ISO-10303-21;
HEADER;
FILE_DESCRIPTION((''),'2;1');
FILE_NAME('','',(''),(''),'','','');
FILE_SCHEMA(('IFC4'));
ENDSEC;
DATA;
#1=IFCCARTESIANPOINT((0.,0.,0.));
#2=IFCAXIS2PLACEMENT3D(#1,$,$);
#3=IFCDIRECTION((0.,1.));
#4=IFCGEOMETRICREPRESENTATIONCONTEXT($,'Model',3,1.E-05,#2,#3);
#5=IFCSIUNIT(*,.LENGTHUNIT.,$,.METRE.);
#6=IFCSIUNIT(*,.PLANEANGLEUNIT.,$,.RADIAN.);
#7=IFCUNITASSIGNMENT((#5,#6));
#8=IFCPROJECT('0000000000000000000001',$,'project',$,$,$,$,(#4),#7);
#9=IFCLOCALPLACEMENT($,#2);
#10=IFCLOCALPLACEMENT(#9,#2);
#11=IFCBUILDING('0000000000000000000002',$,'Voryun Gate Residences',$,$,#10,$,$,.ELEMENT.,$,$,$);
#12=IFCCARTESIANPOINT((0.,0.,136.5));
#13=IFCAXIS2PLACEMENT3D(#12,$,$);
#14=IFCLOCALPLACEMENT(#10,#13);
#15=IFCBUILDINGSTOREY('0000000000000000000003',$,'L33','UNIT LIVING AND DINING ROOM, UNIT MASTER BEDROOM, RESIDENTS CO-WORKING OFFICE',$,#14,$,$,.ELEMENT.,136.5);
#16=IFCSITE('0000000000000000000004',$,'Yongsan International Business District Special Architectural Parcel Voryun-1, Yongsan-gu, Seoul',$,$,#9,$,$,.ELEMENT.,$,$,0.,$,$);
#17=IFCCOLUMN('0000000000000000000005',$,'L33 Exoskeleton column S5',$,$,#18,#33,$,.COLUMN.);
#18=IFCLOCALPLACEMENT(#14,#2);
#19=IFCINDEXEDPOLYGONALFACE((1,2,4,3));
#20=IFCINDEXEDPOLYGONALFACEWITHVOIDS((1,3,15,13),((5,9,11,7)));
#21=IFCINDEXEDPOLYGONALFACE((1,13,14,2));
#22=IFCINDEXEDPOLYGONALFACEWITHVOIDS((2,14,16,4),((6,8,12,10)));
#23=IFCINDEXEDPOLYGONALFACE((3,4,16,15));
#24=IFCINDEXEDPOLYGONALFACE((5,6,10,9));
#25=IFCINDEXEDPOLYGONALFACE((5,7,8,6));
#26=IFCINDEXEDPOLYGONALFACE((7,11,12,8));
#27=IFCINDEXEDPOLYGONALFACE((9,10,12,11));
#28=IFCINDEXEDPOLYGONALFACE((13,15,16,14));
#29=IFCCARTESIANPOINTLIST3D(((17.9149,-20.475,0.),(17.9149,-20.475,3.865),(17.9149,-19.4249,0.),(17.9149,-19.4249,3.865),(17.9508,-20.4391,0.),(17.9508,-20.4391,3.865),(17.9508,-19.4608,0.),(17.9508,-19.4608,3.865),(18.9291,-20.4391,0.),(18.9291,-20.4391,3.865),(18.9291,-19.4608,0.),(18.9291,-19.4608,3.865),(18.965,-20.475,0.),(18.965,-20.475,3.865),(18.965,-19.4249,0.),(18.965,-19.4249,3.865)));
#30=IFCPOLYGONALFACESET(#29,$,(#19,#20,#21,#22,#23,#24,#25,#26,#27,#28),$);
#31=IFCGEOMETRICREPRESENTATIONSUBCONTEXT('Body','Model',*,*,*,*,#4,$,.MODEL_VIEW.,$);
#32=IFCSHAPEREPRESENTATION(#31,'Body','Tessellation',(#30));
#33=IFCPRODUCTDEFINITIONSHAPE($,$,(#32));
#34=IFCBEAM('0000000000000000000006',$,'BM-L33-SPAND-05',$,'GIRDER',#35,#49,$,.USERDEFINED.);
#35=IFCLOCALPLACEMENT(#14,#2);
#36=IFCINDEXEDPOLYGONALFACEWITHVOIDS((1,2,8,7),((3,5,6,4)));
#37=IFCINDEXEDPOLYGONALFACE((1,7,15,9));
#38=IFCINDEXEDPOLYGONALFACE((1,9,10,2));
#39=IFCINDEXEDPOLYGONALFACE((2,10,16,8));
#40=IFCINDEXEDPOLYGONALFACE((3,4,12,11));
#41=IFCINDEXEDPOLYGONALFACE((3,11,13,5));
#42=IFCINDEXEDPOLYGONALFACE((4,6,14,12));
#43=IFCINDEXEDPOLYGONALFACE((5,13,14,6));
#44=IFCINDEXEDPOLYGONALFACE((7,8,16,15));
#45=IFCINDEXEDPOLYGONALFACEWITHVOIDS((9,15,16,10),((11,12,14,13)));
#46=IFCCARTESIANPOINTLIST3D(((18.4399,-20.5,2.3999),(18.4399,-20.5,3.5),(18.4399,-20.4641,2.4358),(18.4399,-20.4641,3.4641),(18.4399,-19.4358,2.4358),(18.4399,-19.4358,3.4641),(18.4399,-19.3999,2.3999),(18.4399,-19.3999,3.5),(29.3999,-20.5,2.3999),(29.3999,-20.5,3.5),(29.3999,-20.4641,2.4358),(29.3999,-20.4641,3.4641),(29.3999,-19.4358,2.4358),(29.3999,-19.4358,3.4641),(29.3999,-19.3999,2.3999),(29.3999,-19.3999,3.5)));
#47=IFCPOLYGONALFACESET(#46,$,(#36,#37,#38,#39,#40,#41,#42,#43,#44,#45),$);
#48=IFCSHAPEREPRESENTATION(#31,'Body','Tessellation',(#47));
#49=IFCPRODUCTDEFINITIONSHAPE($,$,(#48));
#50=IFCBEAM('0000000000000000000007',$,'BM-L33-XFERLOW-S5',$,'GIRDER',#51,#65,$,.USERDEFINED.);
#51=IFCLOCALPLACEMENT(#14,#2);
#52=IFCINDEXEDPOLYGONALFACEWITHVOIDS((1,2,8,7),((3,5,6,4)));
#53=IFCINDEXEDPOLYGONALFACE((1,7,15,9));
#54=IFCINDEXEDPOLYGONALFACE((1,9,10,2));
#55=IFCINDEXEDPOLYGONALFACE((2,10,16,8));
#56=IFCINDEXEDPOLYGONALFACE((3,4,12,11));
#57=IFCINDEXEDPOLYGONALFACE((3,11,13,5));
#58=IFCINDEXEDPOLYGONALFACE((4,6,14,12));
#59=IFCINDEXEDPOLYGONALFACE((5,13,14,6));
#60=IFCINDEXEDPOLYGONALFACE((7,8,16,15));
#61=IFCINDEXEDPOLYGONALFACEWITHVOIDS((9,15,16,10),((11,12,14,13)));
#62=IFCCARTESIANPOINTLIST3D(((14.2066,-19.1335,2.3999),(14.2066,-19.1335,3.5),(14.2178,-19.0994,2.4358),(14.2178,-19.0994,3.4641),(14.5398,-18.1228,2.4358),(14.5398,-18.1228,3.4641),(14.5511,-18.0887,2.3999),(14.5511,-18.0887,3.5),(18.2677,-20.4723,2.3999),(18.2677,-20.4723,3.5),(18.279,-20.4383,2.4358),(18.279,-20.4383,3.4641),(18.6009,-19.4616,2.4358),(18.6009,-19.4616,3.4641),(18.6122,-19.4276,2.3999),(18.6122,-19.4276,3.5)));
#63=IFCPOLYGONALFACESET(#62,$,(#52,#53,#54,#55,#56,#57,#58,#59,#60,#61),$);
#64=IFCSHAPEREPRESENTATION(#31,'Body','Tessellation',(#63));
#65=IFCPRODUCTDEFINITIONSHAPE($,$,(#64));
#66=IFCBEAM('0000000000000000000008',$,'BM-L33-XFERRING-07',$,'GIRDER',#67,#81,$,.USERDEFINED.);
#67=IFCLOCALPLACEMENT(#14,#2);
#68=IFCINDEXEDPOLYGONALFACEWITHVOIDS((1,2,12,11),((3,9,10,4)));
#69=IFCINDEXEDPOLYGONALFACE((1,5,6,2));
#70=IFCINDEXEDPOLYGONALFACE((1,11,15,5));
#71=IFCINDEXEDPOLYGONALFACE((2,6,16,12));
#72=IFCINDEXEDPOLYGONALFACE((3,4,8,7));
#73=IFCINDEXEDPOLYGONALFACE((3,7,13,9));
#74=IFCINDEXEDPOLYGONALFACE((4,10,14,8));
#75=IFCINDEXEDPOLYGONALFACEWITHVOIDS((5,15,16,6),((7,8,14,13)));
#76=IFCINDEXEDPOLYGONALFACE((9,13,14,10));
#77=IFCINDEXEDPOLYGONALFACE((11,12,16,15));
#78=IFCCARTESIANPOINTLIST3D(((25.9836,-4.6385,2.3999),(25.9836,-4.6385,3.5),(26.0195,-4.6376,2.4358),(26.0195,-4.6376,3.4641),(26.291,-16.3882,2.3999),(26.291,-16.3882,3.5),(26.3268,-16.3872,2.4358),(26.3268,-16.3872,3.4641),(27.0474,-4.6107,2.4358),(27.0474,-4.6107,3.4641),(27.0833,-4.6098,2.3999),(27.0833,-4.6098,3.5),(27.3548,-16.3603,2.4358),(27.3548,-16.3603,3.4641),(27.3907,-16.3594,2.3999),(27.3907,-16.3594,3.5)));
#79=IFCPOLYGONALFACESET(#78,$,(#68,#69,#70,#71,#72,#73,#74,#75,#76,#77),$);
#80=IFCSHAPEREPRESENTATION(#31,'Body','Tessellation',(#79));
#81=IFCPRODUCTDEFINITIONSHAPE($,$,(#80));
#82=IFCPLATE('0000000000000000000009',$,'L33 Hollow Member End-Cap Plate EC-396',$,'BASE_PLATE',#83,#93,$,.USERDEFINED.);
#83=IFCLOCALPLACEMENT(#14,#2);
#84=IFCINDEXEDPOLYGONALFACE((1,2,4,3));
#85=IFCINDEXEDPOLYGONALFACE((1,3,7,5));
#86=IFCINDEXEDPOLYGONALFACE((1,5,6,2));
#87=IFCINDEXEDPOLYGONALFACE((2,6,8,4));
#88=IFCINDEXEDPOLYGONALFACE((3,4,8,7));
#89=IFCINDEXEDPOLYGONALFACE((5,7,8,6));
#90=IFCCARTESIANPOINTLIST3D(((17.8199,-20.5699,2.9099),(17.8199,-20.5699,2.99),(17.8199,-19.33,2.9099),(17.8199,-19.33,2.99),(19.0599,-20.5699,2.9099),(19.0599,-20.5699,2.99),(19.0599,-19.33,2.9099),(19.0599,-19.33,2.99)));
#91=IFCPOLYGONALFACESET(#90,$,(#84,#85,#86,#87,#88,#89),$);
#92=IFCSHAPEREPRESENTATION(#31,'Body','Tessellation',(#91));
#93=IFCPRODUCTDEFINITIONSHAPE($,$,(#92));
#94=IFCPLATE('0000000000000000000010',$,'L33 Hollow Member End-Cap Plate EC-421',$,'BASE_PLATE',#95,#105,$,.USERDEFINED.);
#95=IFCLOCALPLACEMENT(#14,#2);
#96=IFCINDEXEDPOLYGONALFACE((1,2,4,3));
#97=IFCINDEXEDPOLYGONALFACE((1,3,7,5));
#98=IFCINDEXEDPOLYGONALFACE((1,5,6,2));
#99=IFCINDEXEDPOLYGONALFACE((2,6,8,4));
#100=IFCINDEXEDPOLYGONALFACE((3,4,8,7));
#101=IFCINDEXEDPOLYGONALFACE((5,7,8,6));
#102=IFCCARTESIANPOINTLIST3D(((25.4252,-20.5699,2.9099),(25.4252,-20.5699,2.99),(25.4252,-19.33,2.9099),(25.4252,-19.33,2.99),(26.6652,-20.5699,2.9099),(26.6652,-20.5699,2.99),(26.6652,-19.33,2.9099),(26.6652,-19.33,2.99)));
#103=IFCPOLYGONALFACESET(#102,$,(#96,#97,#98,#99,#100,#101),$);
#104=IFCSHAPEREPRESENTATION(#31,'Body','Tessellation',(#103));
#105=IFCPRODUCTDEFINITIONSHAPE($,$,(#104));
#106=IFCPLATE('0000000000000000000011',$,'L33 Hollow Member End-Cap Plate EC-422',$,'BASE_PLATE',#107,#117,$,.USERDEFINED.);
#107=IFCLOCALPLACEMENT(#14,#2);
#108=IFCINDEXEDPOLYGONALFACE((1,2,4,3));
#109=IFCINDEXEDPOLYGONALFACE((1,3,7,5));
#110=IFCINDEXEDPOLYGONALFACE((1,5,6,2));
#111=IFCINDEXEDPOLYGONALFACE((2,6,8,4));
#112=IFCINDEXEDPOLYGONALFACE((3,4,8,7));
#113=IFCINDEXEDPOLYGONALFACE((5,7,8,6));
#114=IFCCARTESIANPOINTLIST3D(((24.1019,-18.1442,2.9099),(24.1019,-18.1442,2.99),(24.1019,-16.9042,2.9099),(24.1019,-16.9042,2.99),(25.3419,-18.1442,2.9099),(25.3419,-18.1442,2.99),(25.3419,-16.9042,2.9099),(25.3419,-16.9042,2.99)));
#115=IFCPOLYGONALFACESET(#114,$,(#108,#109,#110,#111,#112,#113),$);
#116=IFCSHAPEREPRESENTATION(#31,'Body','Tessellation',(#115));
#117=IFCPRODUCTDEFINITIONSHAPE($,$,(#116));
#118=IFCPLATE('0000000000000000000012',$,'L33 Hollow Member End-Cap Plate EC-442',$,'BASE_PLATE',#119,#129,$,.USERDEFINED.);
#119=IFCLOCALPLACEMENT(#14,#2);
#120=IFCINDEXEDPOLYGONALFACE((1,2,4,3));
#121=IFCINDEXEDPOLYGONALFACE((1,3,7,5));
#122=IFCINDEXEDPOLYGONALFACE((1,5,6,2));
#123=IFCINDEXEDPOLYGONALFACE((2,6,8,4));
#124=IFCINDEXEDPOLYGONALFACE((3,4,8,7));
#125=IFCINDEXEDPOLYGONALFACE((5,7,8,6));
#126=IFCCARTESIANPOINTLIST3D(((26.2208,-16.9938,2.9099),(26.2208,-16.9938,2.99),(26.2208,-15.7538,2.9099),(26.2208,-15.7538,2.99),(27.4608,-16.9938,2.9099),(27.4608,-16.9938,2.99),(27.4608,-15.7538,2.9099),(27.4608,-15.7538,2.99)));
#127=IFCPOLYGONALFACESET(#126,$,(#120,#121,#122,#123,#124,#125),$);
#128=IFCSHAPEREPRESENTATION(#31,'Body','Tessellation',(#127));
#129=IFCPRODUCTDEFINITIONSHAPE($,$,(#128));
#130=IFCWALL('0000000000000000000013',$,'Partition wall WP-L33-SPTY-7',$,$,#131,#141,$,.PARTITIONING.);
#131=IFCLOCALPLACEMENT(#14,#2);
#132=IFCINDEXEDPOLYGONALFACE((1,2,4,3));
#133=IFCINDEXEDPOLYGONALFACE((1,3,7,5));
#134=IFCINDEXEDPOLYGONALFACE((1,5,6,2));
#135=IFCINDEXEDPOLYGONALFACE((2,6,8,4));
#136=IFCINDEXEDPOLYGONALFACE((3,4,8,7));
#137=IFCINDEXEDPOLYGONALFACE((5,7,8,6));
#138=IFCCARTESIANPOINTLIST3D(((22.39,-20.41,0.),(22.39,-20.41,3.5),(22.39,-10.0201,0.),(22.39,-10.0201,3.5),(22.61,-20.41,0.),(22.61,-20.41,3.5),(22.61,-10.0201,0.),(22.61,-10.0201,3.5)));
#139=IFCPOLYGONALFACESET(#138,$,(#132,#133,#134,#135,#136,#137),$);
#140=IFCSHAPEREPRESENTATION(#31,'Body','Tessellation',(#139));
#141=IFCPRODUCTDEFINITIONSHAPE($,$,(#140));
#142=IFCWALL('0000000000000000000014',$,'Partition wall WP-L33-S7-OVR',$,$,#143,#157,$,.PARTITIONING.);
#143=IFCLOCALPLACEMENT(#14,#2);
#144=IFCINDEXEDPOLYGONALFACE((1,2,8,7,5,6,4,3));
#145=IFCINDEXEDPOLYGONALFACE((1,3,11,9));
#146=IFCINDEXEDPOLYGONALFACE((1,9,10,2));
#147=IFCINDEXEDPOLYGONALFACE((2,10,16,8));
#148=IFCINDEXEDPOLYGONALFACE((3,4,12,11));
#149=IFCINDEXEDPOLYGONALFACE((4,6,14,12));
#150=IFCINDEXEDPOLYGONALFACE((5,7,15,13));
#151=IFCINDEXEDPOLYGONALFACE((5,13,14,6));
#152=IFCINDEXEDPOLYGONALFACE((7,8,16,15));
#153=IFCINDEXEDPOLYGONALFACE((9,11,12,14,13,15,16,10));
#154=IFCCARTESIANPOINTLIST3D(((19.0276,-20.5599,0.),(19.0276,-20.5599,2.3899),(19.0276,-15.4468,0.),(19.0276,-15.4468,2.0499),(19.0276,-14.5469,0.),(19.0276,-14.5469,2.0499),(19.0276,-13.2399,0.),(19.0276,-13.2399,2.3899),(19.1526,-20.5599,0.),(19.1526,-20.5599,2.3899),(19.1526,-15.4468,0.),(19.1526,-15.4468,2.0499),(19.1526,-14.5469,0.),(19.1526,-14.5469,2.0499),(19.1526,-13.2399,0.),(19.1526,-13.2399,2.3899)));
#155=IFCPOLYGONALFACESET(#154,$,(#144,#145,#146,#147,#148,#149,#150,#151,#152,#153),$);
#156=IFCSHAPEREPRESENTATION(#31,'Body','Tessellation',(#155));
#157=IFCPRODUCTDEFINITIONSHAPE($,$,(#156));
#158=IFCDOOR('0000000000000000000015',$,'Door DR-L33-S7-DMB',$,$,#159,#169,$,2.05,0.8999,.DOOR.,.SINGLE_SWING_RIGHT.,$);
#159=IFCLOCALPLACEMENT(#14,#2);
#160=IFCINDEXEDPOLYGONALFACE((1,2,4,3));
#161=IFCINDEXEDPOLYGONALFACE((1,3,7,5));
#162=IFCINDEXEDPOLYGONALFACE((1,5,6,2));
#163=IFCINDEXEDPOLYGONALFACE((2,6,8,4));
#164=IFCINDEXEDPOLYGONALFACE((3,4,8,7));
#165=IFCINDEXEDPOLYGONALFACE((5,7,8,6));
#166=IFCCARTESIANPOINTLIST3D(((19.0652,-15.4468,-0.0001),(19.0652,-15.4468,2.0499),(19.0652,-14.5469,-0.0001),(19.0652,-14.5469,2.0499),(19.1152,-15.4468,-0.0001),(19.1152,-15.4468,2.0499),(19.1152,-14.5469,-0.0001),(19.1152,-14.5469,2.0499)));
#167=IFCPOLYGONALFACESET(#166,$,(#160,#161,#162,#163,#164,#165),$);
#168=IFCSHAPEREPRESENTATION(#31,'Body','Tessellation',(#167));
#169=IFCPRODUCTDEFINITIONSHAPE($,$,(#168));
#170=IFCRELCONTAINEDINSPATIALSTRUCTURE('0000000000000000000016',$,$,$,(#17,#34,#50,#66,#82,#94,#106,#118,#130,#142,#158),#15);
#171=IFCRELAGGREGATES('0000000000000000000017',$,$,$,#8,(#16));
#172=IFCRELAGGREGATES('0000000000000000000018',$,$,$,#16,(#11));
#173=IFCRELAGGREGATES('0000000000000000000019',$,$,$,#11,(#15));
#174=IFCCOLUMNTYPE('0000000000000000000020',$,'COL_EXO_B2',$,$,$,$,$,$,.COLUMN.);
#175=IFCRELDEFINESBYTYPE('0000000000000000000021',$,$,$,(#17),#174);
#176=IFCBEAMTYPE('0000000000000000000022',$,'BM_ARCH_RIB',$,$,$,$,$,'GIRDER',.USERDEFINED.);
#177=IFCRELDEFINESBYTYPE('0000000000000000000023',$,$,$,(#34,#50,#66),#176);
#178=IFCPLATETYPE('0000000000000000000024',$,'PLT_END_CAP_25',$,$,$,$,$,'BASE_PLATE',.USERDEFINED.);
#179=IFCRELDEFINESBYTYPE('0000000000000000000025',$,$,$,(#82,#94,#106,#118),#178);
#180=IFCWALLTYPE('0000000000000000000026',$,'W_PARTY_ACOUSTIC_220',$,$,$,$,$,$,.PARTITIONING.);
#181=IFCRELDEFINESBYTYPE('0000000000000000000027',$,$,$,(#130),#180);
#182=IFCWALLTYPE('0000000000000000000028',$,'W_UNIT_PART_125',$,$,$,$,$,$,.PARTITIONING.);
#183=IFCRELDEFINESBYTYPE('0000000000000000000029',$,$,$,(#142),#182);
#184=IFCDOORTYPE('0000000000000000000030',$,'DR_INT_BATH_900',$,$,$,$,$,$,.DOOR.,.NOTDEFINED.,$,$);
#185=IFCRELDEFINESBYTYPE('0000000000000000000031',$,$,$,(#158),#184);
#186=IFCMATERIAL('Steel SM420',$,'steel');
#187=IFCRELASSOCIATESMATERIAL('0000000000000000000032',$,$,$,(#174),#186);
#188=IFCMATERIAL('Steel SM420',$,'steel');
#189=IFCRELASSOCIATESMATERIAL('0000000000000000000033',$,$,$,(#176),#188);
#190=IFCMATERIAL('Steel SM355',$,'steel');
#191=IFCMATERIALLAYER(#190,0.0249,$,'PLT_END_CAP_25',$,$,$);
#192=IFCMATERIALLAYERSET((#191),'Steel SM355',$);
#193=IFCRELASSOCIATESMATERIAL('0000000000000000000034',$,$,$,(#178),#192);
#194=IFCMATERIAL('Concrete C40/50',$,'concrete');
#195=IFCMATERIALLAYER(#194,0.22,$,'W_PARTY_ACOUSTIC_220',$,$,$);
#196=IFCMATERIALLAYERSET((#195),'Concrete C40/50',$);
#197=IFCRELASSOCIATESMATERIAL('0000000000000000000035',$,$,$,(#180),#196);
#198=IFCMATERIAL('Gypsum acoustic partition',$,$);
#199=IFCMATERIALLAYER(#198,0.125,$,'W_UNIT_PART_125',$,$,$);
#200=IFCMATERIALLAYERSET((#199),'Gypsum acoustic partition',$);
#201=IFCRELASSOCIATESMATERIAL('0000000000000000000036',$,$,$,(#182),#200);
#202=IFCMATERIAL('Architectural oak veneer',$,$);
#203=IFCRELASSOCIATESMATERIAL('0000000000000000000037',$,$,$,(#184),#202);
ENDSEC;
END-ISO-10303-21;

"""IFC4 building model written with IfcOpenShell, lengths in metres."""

from ifc_helpers import new_model, si_unit, direction, frame, frame_2d, origin, origin_2d, place, context, subcontext, project, spatial, rectangle, hollow_rectangle, extrude, material, layer, layer_set, material_profile, profile_set, type_object, element, fill, save


model = new_model("IFC4")

# Units and contexts
model_context = context("Model", 3, precision=1e-05, world=origin(), true_north=direction((0.0, 1.0)))
body_context = subcontext(model_context, "Body", "Model", "MODEL_VIEW")
ifc_project = project(units=[si_unit("LENGTHUNIT", "METRE"), si_unit("PLANEANGLEUNIT", "RADIAN")], contexts=[model_context])

# Site, building, storey
site_placement = place(None, origin())
site = spatial("IfcSite", under=ifc_project, at=site_placement, Name="Yongsan International Business District Special Architectural Parcel Voryun-1, Yongsan-gu, Seoul", CompositionType="ELEMENT", RefElevation=0.0)
building_placement = place(site_placement, origin())
building = spatial("IfcBuilding", under=site, at=building_placement, Name="Voryun Gate Residences", CompositionType="ELEMENT")
storey_placement = place(building_placement, frame((0.0, 0.0, 136.5)))
storey = spatial("IfcBuildingStorey", under=building, at=storey_placement, Name="L33", Description="UNIT LIVING AND DINING ROOM, UNIT MASTER BEDROOM, RESIDENTS CO-WORKING OFFICE", CompositionType="ELEMENT", Elevation=136.5)

# Column
ifc_material_1 = material(Name="Steel SM420", Category="steel")
ifc_material_profile_1 = material_profile(ifc_material_1, hollow_rectangle(XDim=1.05, YDim=1.05, WallThickness=0.0359, at=origin_2d()), Name="BOX-1050x1050x36")
ifc_profile_set_1 = profile_set([ifc_material_profile_1], Name="Steel SM420")
column_type = type_object("IfcColumnType", Name="COL_EXO_B2", PredefinedType="COLUMN", material=ifc_profile_set_1)
column_placement = place(storey_placement, frame((18.4399, -19.95, 0.0), z_axis=(0.0, 0.0, 1.0), x_axis=(1.0, 0.0, 0.0)))
element("IfcColumn", 1, at=column_placement, inside=storey, type_object=column_type, Name="L33 Exoskeleton column S5", PredefinedType="COLUMN", context=body_context, shape_type="SweptSolid", body=[
    extrude(hollow_rectangle(XDim=1.05, YDim=1.05, WallThickness=0.0359, at=origin_2d()), origin(), (0.0, 0.0, 1.0), 3.865),
])

# Beams
ifc_material_2 = material(Name="Steel SM420", Category="steel")
ifc_material_profile_2 = material_profile(ifc_material_2, hollow_rectangle(XDim=1.1001, YDim=1.1001, WallThickness=0.0359, at=origin_2d()), Name="BOX-1100x1100x36")
ifc_profile_set_2 = profile_set([ifc_material_profile_2], Name="Steel SM420")
beam_type = type_object("IfcBeamType", Name="BM_ARCH_RIB", ElementType="GIRDER", PredefinedType="USERDEFINED", material=ifc_profile_set_2)
beam_1_placement = place(storey_placement, frame((18.4399, -19.95, 2.95), z_axis=(1.0, 0.0, 0.0), x_axis=(0.0, 1.0, 0.0)))
element("IfcBeam", 2, at=beam_1_placement, inside=storey, type_object=beam_type, Name="BM-L33-SPAND-05", ObjectType="GIRDER", PredefinedType="USERDEFINED", context=body_context, shape_type="SweptSolid", body=[
    extrude(hollow_rectangle(XDim=1.1001, YDim=1.1001, WallThickness=0.0359, at=origin_2d()), origin(), (0.0, 0.0, 1.0), 10.96),
])
beam_2_placement = place(storey_placement, frame((18.4399, -19.95, 2.95), z_axis=(-0.949717, 0.313109, 0.0), x_axis=(-0.313109, -0.949717, 0.0)))
element("IfcBeam", 3, at=beam_2_placement, inside=storey, type_object=beam_type, Name="BM-L33-XFERLOW-S5", ObjectType="GIRDER", PredefinedType="USERDEFINED", context=body_context, shape_type="SweptSolid", body=[
    extrude(hollow_rectangle(XDim=1.1001, YDim=1.1001, WallThickness=0.0359, at=origin_2d()), origin(), (0.0, 0.0, 1.0), 4.2761),
])
beam_3_placement = place(storey_placement, frame((26.8408, -16.3738, 2.95), z_axis=(-0.026151, 0.999658, 0.0), x_axis=(-0.999658, -0.026151, 0.0)))
element("IfcBeam", 4, at=beam_3_placement, inside=storey, type_object=beam_type, Name="BM-L33-XFERRING-07", ObjectType="GIRDER", PredefinedType="USERDEFINED", context=body_context, shape_type="SweptSolid", body=[
    extrude(hollow_rectangle(XDim=1.1001, YDim=1.1001, WallThickness=0.0359, at=origin_2d()), origin(), (0.0, 0.0, 1.0), 11.7537),
])

# Plates
ifc_material_3 = material(Name="Steel SM355", Category="steel")
ifc_layer_1 = layer(ifc_material_3, 0.0249, Name="PLT_END_CAP_25")
ifc_layer_set_1 = layer_set([ifc_layer_1], Name="Steel SM355")
plate_type = type_object("IfcPlateType", Name="PLT_END_CAP_25", ElementType="BASE_PLATE", PredefinedType="USERDEFINED", material=ifc_layer_set_1)
for number, where, z_axis, x_axis, name in (
    (5, (18.4399, -19.95, 2.9099), (0.0, 0.0, 1.0), (1.0, 0.0, 0.0), "L33 Hollow Member End-Cap Plate EC-396"),
    (6, (26.0452, -19.95, 2.9099), (0.0, 0.0, 1.0), (1.0, 0.0, 0.0), "L33 Hollow Member End-Cap Plate EC-421"),
    (7, (24.7219, -17.5242, 2.9099), (0.0, 0.0, 1.0), (1.0, 0.0, 0.0), "L33 Hollow Member End-Cap Plate EC-422"),
    (8, (26.8408, -16.3738, 2.9099), (0.0, 0.0, 1.0), (1.0, 0.0, 0.0), "L33 Hollow Member End-Cap Plate EC-442"),
):
    element("IfcPlate", number, at=place(storey_placement, frame(where, z_axis=z_axis, x_axis=x_axis)), inside=storey, type_object=plate_type, Name=name, ObjectType="BASE_PLATE", PredefinedType="USERDEFINED", context=body_context, shape_type="SweptSolid", body=[
        extrude(rectangle(XDim=1.24, YDim=1.24, at=origin_2d()), origin(), (0.0, 0.0, 1.0), 0.0801),
    ])

# Wall
ifc_material_4 = material(Name="Concrete C40/50", Category="concrete")
ifc_layer_2 = layer(ifc_material_4, 0.22, Name="W_PARTY_ACOUSTIC_220")
ifc_layer_set_2 = layer_set([ifc_layer_2], Name="Concrete C40/50")
wall_type_1 = type_object("IfcWallType", Name="W_PARTY_ACOUSTIC_220", PredefinedType="PARTITIONING", material=ifc_layer_set_2)
wall_1_placement = place(storey_placement, frame((22.5, -20.4099, 0.0), z_axis=(0.0, 0.0, 1.0), x_axis=(0.0, 1.0, 0.0)))
element("IfcWall", 9, at=wall_1_placement, inside=storey, type_object=wall_type_1, Name="Partition wall WP-L33-SPTY-7", PredefinedType="PARTITIONING", context=body_context, shape_type="SweptSolid", body=[
    extrude(rectangle(XDim=10.3899, YDim=0.22, at=frame_2d((5.1948, 0.0))), origin(), (0.0, 0.0, 1.0), 3.5),
])

# Wall, opening, door
ifc_material_5 = material(Name="Gypsum acoustic partition")
ifc_layer_3 = layer(ifc_material_5, 0.125, Name="W_UNIT_PART_125")
ifc_layer_set_3 = layer_set([ifc_layer_3], Name="Gypsum acoustic partition")
wall_type_2 = type_object("IfcWallType", Name="W_UNIT_PART_125", PredefinedType="PARTITIONING", material=ifc_layer_set_3)
wall_2_placement = place(storey_placement, frame((19.0901, -20.5601, 0.0), z_axis=(0.0, 0.0, 1.0), x_axis=(0.0, 1.0, 0.0)))
wall_2 = element("IfcWall", 10, at=wall_2_placement, inside=storey, type_object=wall_type_2, Name="Partition wall WP-L33-S7-OVR", PredefinedType="PARTITIONING", context=body_context, shape_type="SweptSolid", body=[
    extrude(rectangle(XDim=7.3201, YDim=0.125, at=frame_2d((3.6602, 0.0))), origin(), (0.0, 0.0, 1.0), 2.3899),
])
opening_1_placement = place(wall_2_placement, frame((5.1133, 0.0, 0.0)))
opening_1 = element("IfcOpeningElement", 11, at=opening_1_placement, cuts=wall_2, PredefinedType="OPENING", context=body_context, shape_type="SweptSolid", body=[
    extrude(rectangle(XDim=0.8999, YDim=2.05, at=frame_2d((0.45, 1.0249))), frame((0.0, 0.0725, 0.0), z_axis=(0.0, -1.0, 0.0), x_axis=(1.0, 0.0, 0.0)), (0.0, 0.0, 1.0), 0.145),
])
ifc_material_6 = material(Name="Architectural oak veneer")
door_type_1 = type_object("IfcDoorType", Name="DR_INT_BATH_900", OperationType="NOTDEFINED", PredefinedType="DOOR", material=ifc_material_6)
door_1_placement = place(opening_1_placement, origin())
door_1 = element("IfcDoor", 12, at=door_1_placement, inside=storey, type_object=door_type_1, Name="Door DR-L33-S7-DMB", OperationType="SINGLE_SWING_RIGHT", OverallHeight=2.05, OverallWidth=0.8999, PredefinedType="DOOR", context=body_context, shape_type="SweptSolid", body=[
    extrude(rectangle(XDim=0.8999, YDim=2.05, at=frame_2d((0.45, 1.0249))), frame((0.0, 0.0249, 0.0), z_axis=(0.0, -1.0, 0.0), x_axis=(1.0, 0.0, 0.0)), (0.0, 0.0, 1.0), 0.05),
])
fill(opening_1, door_1)

save(model, "model.ifc")
